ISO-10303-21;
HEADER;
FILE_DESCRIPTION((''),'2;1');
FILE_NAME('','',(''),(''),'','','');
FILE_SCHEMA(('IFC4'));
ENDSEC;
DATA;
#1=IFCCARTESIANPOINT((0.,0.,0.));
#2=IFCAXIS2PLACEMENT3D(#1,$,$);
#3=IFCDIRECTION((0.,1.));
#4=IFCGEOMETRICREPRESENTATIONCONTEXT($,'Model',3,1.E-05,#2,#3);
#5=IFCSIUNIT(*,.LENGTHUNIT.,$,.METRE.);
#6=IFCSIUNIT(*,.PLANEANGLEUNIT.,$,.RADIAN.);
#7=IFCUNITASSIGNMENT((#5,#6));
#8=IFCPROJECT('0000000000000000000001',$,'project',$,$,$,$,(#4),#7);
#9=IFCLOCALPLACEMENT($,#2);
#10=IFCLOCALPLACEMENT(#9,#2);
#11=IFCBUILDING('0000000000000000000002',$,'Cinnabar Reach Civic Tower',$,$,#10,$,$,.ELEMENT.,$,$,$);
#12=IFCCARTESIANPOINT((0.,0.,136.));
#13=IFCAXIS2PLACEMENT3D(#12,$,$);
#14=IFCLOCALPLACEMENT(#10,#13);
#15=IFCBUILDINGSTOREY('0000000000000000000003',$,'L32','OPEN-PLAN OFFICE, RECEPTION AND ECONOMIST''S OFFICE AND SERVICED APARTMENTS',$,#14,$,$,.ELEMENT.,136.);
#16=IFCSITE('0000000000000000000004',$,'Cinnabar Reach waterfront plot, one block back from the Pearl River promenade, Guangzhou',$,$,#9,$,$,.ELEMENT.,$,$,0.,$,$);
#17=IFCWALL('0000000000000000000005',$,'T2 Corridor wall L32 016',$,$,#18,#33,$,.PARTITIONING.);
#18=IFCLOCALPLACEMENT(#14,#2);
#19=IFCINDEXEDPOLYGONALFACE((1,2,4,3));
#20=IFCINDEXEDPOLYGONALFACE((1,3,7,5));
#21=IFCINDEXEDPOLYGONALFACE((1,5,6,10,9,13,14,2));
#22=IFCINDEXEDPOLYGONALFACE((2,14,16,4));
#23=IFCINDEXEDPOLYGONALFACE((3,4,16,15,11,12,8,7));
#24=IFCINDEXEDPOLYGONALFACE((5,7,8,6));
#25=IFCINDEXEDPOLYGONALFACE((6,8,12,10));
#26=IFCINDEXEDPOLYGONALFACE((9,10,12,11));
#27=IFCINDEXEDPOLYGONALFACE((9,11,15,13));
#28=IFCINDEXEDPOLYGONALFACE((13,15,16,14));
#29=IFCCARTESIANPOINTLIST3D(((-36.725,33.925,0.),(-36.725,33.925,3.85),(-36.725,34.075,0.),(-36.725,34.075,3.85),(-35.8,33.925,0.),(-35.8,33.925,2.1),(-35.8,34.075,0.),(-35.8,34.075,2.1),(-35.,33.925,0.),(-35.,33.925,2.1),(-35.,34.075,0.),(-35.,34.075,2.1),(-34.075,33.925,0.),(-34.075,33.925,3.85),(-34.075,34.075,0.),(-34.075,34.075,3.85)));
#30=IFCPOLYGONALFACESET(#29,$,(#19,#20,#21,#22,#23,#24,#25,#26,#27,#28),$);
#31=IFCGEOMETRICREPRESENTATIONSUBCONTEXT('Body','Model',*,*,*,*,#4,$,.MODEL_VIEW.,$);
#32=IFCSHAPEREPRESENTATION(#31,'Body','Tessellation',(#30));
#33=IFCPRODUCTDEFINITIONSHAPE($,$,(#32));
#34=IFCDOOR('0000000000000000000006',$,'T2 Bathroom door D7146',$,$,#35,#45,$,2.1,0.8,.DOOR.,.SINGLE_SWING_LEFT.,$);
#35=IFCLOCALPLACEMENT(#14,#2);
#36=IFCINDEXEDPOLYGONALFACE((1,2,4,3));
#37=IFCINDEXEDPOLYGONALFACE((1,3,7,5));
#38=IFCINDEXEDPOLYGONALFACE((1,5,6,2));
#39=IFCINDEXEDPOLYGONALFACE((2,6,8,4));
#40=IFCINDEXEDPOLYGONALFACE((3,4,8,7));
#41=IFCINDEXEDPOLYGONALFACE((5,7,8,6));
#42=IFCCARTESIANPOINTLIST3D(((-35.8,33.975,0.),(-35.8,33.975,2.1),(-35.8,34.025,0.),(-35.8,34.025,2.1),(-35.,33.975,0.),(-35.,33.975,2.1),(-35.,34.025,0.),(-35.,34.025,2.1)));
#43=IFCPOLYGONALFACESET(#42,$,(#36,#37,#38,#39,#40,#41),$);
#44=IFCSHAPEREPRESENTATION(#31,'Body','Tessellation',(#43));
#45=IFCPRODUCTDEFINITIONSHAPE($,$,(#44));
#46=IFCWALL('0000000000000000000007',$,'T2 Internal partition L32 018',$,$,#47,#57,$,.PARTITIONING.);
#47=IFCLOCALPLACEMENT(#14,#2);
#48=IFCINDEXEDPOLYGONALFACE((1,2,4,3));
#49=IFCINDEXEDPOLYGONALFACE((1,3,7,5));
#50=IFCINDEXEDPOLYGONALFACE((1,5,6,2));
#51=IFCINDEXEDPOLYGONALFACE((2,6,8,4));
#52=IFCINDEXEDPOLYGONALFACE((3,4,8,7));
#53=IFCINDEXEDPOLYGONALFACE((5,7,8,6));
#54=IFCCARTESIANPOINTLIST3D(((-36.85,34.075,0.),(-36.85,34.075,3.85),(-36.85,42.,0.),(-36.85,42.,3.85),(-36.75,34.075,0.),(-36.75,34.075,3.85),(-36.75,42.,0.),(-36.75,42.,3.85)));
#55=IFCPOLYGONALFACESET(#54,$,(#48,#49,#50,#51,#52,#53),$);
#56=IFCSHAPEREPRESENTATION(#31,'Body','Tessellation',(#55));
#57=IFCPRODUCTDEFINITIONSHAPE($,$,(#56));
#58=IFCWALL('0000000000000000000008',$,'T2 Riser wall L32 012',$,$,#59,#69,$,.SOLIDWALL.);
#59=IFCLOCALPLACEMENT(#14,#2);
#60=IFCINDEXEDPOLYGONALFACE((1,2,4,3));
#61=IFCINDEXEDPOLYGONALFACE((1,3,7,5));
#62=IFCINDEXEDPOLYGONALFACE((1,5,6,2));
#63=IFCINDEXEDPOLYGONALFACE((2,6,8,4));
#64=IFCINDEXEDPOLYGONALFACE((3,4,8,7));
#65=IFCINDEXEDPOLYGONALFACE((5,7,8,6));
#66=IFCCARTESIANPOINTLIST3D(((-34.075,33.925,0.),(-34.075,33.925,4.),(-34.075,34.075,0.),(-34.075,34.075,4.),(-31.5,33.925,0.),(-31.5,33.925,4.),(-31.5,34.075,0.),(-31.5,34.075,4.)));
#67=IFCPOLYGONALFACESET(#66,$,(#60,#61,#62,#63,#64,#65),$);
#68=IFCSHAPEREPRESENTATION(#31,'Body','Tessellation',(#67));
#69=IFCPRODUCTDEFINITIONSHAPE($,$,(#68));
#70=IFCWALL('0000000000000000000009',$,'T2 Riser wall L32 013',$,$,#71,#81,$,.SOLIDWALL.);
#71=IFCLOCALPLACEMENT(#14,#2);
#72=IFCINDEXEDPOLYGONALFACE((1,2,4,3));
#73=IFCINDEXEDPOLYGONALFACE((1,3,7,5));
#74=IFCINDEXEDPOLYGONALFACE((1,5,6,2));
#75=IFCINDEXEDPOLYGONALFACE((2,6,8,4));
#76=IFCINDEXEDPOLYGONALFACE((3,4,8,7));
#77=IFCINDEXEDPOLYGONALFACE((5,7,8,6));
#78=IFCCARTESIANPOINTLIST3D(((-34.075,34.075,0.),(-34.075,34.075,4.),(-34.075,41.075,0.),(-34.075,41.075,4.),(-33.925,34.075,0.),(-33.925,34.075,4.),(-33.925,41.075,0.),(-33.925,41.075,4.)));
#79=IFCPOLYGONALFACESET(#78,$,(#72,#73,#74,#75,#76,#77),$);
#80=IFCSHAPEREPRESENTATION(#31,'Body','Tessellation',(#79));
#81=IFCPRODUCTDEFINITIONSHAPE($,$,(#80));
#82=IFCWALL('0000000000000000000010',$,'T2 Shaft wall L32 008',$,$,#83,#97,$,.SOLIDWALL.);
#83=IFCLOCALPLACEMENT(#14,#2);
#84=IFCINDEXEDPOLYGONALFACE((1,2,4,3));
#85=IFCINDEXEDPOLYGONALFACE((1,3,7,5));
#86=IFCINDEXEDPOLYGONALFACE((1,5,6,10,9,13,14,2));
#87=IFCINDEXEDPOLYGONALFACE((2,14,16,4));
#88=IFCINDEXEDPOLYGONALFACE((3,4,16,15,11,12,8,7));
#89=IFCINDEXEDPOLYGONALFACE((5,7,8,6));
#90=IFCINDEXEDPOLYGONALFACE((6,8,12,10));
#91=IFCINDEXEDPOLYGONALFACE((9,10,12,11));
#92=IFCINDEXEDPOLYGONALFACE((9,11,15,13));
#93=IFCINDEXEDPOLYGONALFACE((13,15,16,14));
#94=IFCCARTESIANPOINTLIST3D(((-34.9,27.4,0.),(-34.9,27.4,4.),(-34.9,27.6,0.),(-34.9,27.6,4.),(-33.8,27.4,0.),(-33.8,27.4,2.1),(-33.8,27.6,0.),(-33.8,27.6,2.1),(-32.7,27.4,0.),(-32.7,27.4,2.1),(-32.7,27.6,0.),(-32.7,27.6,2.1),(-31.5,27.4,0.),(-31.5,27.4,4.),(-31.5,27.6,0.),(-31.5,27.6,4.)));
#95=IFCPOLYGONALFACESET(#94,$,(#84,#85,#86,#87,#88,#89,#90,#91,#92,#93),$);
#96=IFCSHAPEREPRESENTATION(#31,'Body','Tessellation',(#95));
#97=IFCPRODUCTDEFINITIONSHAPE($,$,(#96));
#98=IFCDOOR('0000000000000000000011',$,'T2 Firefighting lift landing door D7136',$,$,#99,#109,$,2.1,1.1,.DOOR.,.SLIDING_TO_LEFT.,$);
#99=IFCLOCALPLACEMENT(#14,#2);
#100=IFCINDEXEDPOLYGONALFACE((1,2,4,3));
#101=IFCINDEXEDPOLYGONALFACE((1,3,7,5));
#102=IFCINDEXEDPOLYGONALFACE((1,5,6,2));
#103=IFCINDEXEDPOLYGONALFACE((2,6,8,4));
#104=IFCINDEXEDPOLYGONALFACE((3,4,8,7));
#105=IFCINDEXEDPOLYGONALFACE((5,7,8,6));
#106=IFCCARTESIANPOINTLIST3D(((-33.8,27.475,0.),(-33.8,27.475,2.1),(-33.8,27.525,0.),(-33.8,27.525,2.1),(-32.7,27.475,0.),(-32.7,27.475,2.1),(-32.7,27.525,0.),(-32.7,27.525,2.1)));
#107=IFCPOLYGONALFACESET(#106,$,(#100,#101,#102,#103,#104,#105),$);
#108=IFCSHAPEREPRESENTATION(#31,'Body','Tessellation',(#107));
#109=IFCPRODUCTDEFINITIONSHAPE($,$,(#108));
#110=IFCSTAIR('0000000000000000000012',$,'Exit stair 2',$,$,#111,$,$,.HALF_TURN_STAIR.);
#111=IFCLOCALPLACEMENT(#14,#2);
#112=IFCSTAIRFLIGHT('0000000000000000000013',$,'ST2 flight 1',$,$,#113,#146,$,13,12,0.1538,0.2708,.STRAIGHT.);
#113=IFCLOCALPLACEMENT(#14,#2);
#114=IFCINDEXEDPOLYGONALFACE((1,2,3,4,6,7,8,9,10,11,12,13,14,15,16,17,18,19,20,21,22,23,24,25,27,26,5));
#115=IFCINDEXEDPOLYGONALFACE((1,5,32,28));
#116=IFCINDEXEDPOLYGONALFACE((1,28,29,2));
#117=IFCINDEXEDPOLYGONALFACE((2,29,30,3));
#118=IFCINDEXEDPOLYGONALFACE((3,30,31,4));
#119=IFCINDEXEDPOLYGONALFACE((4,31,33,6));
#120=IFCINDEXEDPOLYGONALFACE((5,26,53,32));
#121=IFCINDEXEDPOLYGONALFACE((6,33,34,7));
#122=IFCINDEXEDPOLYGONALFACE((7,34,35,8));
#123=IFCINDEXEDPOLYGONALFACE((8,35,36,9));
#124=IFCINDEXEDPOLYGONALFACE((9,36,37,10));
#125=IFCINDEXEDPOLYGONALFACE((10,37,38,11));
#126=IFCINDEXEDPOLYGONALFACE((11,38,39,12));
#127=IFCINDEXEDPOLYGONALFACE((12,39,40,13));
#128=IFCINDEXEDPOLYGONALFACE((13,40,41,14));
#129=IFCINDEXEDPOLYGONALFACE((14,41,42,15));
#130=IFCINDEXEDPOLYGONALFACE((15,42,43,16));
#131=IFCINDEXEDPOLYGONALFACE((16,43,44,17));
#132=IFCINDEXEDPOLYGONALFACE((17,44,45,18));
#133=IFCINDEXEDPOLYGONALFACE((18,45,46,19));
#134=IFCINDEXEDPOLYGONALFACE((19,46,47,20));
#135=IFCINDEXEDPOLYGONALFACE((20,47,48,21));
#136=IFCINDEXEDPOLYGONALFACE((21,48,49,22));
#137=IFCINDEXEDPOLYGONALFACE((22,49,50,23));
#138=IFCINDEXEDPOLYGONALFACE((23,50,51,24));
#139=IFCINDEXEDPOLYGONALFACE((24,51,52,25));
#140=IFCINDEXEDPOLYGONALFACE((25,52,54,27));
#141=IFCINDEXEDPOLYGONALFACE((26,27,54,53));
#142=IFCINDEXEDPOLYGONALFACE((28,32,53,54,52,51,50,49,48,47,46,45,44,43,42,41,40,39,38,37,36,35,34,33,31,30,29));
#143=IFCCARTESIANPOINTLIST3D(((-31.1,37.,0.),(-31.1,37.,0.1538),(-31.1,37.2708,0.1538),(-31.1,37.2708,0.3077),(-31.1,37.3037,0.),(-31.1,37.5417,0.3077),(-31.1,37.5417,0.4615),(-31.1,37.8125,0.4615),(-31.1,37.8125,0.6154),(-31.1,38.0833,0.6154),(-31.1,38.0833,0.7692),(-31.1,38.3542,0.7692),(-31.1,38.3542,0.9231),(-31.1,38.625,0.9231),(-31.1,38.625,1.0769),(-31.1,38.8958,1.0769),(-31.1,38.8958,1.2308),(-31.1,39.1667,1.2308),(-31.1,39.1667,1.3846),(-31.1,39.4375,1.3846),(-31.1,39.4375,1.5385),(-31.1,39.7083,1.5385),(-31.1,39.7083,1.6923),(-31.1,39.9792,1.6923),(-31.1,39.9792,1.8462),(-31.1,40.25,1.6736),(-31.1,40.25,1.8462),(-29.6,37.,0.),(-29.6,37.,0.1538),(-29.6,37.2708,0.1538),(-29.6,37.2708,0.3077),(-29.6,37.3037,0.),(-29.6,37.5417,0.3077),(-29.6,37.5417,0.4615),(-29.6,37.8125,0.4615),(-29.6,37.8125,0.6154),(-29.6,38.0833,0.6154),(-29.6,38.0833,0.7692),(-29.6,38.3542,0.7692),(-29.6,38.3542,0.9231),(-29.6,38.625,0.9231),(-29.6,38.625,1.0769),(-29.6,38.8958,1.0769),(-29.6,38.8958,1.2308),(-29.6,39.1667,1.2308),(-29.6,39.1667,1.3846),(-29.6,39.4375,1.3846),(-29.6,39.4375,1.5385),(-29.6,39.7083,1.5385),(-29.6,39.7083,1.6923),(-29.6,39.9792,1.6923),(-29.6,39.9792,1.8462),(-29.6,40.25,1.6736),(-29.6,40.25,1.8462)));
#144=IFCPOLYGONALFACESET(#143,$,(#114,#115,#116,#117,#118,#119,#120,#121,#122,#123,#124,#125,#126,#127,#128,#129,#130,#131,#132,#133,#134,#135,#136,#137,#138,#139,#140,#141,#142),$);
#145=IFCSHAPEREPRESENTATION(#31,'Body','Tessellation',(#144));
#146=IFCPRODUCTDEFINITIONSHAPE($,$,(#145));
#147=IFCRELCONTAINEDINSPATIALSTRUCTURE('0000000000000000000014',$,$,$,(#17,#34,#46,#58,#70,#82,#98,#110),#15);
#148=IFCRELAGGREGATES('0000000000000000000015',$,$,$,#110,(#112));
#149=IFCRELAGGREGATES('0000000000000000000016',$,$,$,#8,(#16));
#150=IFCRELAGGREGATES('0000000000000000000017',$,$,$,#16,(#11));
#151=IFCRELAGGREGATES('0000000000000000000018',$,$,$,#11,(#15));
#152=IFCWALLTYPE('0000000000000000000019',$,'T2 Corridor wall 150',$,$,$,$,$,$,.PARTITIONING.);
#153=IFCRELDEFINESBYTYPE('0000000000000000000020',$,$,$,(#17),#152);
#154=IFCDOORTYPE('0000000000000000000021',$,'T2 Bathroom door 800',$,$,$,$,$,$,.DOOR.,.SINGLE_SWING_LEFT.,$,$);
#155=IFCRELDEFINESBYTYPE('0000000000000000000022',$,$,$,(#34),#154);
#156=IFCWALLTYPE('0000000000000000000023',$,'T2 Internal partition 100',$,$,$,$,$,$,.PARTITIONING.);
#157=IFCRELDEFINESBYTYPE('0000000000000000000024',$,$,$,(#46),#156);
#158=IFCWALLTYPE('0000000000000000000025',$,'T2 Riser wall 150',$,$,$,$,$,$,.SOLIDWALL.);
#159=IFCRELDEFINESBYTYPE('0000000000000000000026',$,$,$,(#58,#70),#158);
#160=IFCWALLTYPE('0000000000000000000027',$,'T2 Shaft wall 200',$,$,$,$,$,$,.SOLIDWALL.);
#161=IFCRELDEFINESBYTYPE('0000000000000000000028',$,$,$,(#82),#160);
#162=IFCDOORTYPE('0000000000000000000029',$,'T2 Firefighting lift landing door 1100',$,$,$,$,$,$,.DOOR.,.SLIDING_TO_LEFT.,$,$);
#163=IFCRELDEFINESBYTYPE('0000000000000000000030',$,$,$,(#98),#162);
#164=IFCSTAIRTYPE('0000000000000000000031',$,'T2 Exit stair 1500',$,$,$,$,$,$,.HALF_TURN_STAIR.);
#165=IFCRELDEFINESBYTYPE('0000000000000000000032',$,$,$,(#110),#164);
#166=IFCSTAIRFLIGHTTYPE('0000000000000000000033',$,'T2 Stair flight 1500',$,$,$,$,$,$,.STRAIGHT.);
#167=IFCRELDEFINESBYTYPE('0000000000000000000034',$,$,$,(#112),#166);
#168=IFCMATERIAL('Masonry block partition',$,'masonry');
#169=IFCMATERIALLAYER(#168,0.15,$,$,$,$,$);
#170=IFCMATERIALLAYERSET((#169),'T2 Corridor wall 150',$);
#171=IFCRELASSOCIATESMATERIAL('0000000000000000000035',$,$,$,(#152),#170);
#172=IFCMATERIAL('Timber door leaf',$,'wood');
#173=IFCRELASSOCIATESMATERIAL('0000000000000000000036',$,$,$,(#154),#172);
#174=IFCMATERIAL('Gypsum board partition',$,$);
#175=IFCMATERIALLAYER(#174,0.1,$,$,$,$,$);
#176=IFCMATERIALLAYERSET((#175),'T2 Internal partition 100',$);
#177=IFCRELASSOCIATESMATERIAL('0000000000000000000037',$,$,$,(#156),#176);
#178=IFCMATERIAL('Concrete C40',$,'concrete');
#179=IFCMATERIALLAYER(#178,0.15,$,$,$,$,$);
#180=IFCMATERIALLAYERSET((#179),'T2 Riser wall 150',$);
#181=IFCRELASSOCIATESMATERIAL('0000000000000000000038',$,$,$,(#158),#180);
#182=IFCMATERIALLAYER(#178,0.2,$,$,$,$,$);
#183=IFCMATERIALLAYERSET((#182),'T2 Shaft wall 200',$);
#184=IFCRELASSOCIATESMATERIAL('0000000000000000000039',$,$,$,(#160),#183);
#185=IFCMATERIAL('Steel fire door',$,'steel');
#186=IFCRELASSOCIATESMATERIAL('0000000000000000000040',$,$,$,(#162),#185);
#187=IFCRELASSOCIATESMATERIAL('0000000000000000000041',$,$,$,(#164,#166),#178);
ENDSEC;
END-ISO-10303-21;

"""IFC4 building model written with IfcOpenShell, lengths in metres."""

from ifc_helpers import new_model, si_unit, direction, frame, frame_2d, origin, place, context, subcontext, project, spatial, polyline, rectangle, outline, extrude, material, layer, layer_set, type_object, element, fill, aggregate, save


model = new_model("IFC4")

# Units and contexts
model_context = context("Model", 3, precision=1e-05, world=origin(), true_north=direction((0.0, 1.0)))
body_context = subcontext(model_context, "Body", "Model", "MODEL_VIEW")
ifc_project = project(units=[si_unit("LENGTHUNIT", "METRE"), si_unit("PLANEANGLEUNIT", "RADIAN")], contexts=[model_context])

# Site, building, storey
site_placement = place(None, origin())
site = spatial("IfcSite", under=ifc_project, at=site_placement, Name="Cinnabar Reach waterfront plot, one block back from the Pearl River promenade, Guangzhou", CompositionType="ELEMENT", RefElevation=0.0)
building_placement = place(site_placement, origin())
building = spatial("IfcBuilding", under=site, at=building_placement, Name="Cinnabar Reach Civic Tower", CompositionType="ELEMENT")
storey_placement = place(building_placement, frame((0.0, 0.0, 136.0)))
storey = spatial("IfcBuildingStorey", under=building, at=storey_placement, Name="L32", Description="OPEN-PLAN OFFICE, RECEPTION AND ECONOMIST'S OFFICE AND SERVICED APARTMENTS", CompositionType="ELEMENT", Elevation=136.0)

# Wall, opening, door
ifc_material_1 = material(Name="Steel fire door", Category="steel")
ifc_material_2 = material(Name="Masonry block partition", Category="masonry")
ifc_layer_1 = layer(ifc_material_2, 0.15)
ifc_layer_set_1 = layer_set([ifc_layer_1], Name="T2 Corridor wall 150")
wall_type_1 = type_object("IfcWallType", Name="T2 Corridor wall 150", PredefinedType="PARTITIONING", material=ifc_layer_set_1)
ifc_material_3 = material(Name="Timber door leaf", Category="wood")
door_type_1 = type_object("IfcDoorType", Name="T2 Bathroom door 800", OperationType="SINGLE_SWING_LEFT", PredefinedType="DOOR", material=ifc_material_3)
wall_1_placement = place(storey_placement, frame((-34.075, 34.0, 0.0), z_axis=(0.0, 0.0, 1.0), x_axis=(-1.0, 0.0, 0.0)))
wall_1 = element("IfcWall", 1, at=wall_1_placement, inside=storey, type_object=wall_type_1, Name="T2 Corridor wall L32 016", PredefinedType="PARTITIONING", context=body_context, shape_type="SweptSolid", body=[
    extrude(rectangle(XDim=2.65, YDim=0.15, at=frame_2d((1.325, 0.0))), origin(), (0.0, 0.0, 1.0), 3.85),
])
opening_1_placement = place(wall_1_placement, frame((0.925, 0.0, 0.0)))
opening_1 = element("IfcOpeningElement", 2, at=opening_1_placement, cuts=wall_1, PredefinedType="OPENING", context=body_context, shape_type="SweptSolid", body=[
    extrude(rectangle(XDim=0.8, YDim=2.1, at=frame_2d((0.4, 1.05))), frame((0.0, 0.085, 0.0), z_axis=(0.0, -1.0, 0.0), x_axis=(1.0, 0.0, 0.0)), (0.0, 0.0, 1.0), 0.17),
])
door_1_placement = place(opening_1_placement, frame((0.8, 0.0, 0.0), z_axis=(0.0, 0.0, 1.0), x_axis=(-1.0, 0.0, 0.0)))
door_1 = element("IfcDoor", 3, at=door_1_placement, inside=storey, type_object=door_type_1, Name="T2 Bathroom door D7146", OperationType="SINGLE_SWING_LEFT", OverallHeight=2.1, OverallWidth=0.8, PredefinedType="DOOR", context=body_context, shape_type="SweptSolid", body=[
    extrude(rectangle(XDim=0.8, YDim=2.1, at=frame_2d((0.4, 1.05))), frame((0.0, 0.025, 0.0), z_axis=(0.0, -1.0, 0.0), x_axis=(1.0, 0.0, 0.0)), (0.0, 0.0, 1.0), 0.05),
])
fill(opening_1, door_1)

# Walls
ifc_material_4 = material(Name="Gypsum board partition")
ifc_layer_2 = layer(ifc_material_4, 0.1)
ifc_layer_set_2 = layer_set([ifc_layer_2], Name="T2 Internal partition 100")
wall_type_2 = type_object("IfcWallType", Name="T2 Internal partition 100", PredefinedType="PARTITIONING", material=ifc_layer_set_2)
wall_2_placement = place(storey_placement, frame((-36.8, 34.075, 0.0), z_axis=(0.0, 0.0, 1.0), x_axis=(0.0, 1.0, 0.0)))
element("IfcWall", 4, at=wall_2_placement, inside=storey, type_object=wall_type_2, Name="T2 Internal partition L32 018", PredefinedType="PARTITIONING", context=body_context, shape_type="SweptSolid", body=[
    extrude(rectangle(XDim=7.925, YDim=0.1, at=frame_2d((3.9625, 0.0))), origin(), (0.0, 0.0, 1.0), 3.85),
])
ifc_material_5 = material(Name="Concrete C40", Category="concrete")
ifc_layer_3 = layer(ifc_material_5, 0.15)
ifc_layer_set_3 = layer_set([ifc_layer_3], Name="T2 Riser wall 150")
wall_type_3 = type_object("IfcWallType", Name="T2 Riser wall 150", PredefinedType="SOLIDWALL", material=ifc_layer_set_3)
wall_3_placement = place(storey_placement, frame((-34.075, 34.0, 0.0), z_axis=(0.0, 0.0, 1.0), x_axis=(1.0, 0.0, 0.0)))
element("IfcWall", 5, at=wall_3_placement, inside=storey, type_object=wall_type_3, Name="T2 Riser wall L32 012", PredefinedType="SOLIDWALL", context=body_context, shape_type="SweptSolid", body=[
    extrude(rectangle(XDim=2.575, YDim=0.15, at=frame_2d((1.2875, 0.0))), origin(), (0.0, 0.0, 1.0), 4.0),
])
wall_4_placement = place(storey_placement, frame((-34.0, 41.075, 0.0), z_axis=(0.0, 0.0, 1.0), x_axis=(0.0, -1.0, 0.0)))
element("IfcWall", 6, at=wall_4_placement, inside=storey, type_object=wall_type_3, Name="T2 Riser wall L32 013", PredefinedType="SOLIDWALL", context=body_context, shape_type="SweptSolid", body=[
    extrude(rectangle(XDim=7.0, YDim=0.15, at=frame_2d((3.5, 0.0))), origin(), (0.0, 0.0, 1.0), 4.0),
])

# Wall, opening, door
ifc_layer_4 = layer(ifc_material_5, 0.2)
ifc_layer_set_4 = layer_set([ifc_layer_4], Name="T2 Shaft wall 200")
wall_type_4 = type_object("IfcWallType", Name="T2 Shaft wall 200", PredefinedType="SOLIDWALL", material=ifc_layer_set_4)
wall_5_placement = place(storey_placement, frame((-34.9, 27.5, 0.0), z_axis=(0.0, 0.0, 1.0), x_axis=(1.0, 0.0, 0.0)))
wall_5 = element("IfcWall", 7, at=wall_5_placement, inside=storey, type_object=wall_type_4, Name="T2 Shaft wall L32 008", PredefinedType="SOLIDWALL", context=body_context, shape_type="SweptSolid", body=[
    extrude(rectangle(XDim=3.4, YDim=0.2, at=frame_2d((1.7, 0.0))), origin(), (0.0, 0.0, 1.0), 4.0),
])
opening_2_placement = place(wall_5_placement, frame((1.1, 0.0, 0.0)))
opening_2 = element("IfcOpeningElement", 8, at=opening_2_placement, cuts=wall_5, PredefinedType="OPENING", context=body_context, shape_type="SweptSolid", body=[
    extrude(rectangle(XDim=1.1, YDim=2.1, at=frame_2d((0.55, 1.05))), frame((0.0, 0.11, 0.0), z_axis=(0.0, -1.0, 0.0), x_axis=(1.0, 0.0, 0.0)), (0.0, 0.0, 1.0), 0.22),
])
door_type_2 = type_object("IfcDoorType", Name="T2 Firefighting lift landing door 1100", OperationType="SLIDING_TO_LEFT", PredefinedType="DOOR", material=ifc_material_1)
door_2_placement = place(opening_2_placement, origin())
door_2 = element("IfcDoor", 9, at=door_2_placement, inside=storey, type_object=door_type_2, Name="T2 Firefighting lift landing door D7136", OperationType="SLIDING_TO_LEFT", OverallHeight=2.1, OverallWidth=1.1, PredefinedType="DOOR", context=body_context, shape_type="SweptSolid", body=[
    extrude(rectangle(XDim=1.1, YDim=2.1, at=frame_2d((0.55, 1.05))), frame((0.0, 0.025, 0.0), z_axis=(0.0, -1.0, 0.0), x_axis=(1.0, 0.0, 0.0)), (0.0, 0.0, 1.0), 0.05),
])
fill(opening_2, door_2)

# Stair, stair flight
stair_type = type_object("IfcStairType", Name="T2 Exit stair 1500", PredefinedType="HALF_TURN_STAIR", material=ifc_material_5)
stair_placement = place(storey_placement, origin())
stair = element("IfcStair", 10, at=stair_placement, inside=storey, type_object=stair_type, Name="Exit stair 2", PredefinedType="HALF_TURN_STAIR")
stair_flight_type = type_object("IfcStairFlightType", Name="T2 Stair flight 1500", PredefinedType="STRAIGHT", material=ifc_material_5)
stair_flight_placement = place(storey_placement, frame((-30.35, 37.0, 0.0), z_axis=(0.0, 0.0, 1.0), x_axis=(0.0, 1.0, 0.0)))
stair_flight = element("IfcStairFlight", 11, at=stair_flight_placement, type_object=stair_flight_type, Name="ST2 flight 1", NumberOfRisers=13, NumberOfTreads=12, PredefinedType="STRAIGHT", RiserHeight=0.1538, TreadLength=0.2708, context=body_context, shape_type="SweptSolid", body=[
    extrude(outline(polyline([(0.0, 0.0), (0.0, 0.1538), (0.2708, 0.1538), (0.2708, 0.3077), (0.5417, 0.3077), (0.5417, 0.4615), (0.8125, 0.4615), (0.8125, 0.6154), (1.0833, 0.6154), (1.0833, 0.7692), (1.3542, 0.7692), (1.3542, 0.9231), (1.625, 0.9231), (1.625, 1.0769), (1.8958, 1.0769), (1.8958, 1.2308), (2.1667, 1.2308), (2.1667, 1.3846), (2.4375, 1.3846), (2.4375, 1.5385), (2.7083, 1.5385), (2.7083, 1.6923), (2.9792, 1.6923), (2.9792, 1.8462), (3.25, 1.8462), (3.25, 2.0), (3.25, 1.6736), (0.3037, 0.0), (0.0, 0.0)])), frame((0.0, 0.75, 0.0), z_axis=(0.0, -1.0, 0.0), x_axis=(1.0, 0.0, 0.0)), (0.0, 0.0, 1.0), 1.5),
])
aggregate(stair, [stair_flight])

save(model, "model.ifc")
